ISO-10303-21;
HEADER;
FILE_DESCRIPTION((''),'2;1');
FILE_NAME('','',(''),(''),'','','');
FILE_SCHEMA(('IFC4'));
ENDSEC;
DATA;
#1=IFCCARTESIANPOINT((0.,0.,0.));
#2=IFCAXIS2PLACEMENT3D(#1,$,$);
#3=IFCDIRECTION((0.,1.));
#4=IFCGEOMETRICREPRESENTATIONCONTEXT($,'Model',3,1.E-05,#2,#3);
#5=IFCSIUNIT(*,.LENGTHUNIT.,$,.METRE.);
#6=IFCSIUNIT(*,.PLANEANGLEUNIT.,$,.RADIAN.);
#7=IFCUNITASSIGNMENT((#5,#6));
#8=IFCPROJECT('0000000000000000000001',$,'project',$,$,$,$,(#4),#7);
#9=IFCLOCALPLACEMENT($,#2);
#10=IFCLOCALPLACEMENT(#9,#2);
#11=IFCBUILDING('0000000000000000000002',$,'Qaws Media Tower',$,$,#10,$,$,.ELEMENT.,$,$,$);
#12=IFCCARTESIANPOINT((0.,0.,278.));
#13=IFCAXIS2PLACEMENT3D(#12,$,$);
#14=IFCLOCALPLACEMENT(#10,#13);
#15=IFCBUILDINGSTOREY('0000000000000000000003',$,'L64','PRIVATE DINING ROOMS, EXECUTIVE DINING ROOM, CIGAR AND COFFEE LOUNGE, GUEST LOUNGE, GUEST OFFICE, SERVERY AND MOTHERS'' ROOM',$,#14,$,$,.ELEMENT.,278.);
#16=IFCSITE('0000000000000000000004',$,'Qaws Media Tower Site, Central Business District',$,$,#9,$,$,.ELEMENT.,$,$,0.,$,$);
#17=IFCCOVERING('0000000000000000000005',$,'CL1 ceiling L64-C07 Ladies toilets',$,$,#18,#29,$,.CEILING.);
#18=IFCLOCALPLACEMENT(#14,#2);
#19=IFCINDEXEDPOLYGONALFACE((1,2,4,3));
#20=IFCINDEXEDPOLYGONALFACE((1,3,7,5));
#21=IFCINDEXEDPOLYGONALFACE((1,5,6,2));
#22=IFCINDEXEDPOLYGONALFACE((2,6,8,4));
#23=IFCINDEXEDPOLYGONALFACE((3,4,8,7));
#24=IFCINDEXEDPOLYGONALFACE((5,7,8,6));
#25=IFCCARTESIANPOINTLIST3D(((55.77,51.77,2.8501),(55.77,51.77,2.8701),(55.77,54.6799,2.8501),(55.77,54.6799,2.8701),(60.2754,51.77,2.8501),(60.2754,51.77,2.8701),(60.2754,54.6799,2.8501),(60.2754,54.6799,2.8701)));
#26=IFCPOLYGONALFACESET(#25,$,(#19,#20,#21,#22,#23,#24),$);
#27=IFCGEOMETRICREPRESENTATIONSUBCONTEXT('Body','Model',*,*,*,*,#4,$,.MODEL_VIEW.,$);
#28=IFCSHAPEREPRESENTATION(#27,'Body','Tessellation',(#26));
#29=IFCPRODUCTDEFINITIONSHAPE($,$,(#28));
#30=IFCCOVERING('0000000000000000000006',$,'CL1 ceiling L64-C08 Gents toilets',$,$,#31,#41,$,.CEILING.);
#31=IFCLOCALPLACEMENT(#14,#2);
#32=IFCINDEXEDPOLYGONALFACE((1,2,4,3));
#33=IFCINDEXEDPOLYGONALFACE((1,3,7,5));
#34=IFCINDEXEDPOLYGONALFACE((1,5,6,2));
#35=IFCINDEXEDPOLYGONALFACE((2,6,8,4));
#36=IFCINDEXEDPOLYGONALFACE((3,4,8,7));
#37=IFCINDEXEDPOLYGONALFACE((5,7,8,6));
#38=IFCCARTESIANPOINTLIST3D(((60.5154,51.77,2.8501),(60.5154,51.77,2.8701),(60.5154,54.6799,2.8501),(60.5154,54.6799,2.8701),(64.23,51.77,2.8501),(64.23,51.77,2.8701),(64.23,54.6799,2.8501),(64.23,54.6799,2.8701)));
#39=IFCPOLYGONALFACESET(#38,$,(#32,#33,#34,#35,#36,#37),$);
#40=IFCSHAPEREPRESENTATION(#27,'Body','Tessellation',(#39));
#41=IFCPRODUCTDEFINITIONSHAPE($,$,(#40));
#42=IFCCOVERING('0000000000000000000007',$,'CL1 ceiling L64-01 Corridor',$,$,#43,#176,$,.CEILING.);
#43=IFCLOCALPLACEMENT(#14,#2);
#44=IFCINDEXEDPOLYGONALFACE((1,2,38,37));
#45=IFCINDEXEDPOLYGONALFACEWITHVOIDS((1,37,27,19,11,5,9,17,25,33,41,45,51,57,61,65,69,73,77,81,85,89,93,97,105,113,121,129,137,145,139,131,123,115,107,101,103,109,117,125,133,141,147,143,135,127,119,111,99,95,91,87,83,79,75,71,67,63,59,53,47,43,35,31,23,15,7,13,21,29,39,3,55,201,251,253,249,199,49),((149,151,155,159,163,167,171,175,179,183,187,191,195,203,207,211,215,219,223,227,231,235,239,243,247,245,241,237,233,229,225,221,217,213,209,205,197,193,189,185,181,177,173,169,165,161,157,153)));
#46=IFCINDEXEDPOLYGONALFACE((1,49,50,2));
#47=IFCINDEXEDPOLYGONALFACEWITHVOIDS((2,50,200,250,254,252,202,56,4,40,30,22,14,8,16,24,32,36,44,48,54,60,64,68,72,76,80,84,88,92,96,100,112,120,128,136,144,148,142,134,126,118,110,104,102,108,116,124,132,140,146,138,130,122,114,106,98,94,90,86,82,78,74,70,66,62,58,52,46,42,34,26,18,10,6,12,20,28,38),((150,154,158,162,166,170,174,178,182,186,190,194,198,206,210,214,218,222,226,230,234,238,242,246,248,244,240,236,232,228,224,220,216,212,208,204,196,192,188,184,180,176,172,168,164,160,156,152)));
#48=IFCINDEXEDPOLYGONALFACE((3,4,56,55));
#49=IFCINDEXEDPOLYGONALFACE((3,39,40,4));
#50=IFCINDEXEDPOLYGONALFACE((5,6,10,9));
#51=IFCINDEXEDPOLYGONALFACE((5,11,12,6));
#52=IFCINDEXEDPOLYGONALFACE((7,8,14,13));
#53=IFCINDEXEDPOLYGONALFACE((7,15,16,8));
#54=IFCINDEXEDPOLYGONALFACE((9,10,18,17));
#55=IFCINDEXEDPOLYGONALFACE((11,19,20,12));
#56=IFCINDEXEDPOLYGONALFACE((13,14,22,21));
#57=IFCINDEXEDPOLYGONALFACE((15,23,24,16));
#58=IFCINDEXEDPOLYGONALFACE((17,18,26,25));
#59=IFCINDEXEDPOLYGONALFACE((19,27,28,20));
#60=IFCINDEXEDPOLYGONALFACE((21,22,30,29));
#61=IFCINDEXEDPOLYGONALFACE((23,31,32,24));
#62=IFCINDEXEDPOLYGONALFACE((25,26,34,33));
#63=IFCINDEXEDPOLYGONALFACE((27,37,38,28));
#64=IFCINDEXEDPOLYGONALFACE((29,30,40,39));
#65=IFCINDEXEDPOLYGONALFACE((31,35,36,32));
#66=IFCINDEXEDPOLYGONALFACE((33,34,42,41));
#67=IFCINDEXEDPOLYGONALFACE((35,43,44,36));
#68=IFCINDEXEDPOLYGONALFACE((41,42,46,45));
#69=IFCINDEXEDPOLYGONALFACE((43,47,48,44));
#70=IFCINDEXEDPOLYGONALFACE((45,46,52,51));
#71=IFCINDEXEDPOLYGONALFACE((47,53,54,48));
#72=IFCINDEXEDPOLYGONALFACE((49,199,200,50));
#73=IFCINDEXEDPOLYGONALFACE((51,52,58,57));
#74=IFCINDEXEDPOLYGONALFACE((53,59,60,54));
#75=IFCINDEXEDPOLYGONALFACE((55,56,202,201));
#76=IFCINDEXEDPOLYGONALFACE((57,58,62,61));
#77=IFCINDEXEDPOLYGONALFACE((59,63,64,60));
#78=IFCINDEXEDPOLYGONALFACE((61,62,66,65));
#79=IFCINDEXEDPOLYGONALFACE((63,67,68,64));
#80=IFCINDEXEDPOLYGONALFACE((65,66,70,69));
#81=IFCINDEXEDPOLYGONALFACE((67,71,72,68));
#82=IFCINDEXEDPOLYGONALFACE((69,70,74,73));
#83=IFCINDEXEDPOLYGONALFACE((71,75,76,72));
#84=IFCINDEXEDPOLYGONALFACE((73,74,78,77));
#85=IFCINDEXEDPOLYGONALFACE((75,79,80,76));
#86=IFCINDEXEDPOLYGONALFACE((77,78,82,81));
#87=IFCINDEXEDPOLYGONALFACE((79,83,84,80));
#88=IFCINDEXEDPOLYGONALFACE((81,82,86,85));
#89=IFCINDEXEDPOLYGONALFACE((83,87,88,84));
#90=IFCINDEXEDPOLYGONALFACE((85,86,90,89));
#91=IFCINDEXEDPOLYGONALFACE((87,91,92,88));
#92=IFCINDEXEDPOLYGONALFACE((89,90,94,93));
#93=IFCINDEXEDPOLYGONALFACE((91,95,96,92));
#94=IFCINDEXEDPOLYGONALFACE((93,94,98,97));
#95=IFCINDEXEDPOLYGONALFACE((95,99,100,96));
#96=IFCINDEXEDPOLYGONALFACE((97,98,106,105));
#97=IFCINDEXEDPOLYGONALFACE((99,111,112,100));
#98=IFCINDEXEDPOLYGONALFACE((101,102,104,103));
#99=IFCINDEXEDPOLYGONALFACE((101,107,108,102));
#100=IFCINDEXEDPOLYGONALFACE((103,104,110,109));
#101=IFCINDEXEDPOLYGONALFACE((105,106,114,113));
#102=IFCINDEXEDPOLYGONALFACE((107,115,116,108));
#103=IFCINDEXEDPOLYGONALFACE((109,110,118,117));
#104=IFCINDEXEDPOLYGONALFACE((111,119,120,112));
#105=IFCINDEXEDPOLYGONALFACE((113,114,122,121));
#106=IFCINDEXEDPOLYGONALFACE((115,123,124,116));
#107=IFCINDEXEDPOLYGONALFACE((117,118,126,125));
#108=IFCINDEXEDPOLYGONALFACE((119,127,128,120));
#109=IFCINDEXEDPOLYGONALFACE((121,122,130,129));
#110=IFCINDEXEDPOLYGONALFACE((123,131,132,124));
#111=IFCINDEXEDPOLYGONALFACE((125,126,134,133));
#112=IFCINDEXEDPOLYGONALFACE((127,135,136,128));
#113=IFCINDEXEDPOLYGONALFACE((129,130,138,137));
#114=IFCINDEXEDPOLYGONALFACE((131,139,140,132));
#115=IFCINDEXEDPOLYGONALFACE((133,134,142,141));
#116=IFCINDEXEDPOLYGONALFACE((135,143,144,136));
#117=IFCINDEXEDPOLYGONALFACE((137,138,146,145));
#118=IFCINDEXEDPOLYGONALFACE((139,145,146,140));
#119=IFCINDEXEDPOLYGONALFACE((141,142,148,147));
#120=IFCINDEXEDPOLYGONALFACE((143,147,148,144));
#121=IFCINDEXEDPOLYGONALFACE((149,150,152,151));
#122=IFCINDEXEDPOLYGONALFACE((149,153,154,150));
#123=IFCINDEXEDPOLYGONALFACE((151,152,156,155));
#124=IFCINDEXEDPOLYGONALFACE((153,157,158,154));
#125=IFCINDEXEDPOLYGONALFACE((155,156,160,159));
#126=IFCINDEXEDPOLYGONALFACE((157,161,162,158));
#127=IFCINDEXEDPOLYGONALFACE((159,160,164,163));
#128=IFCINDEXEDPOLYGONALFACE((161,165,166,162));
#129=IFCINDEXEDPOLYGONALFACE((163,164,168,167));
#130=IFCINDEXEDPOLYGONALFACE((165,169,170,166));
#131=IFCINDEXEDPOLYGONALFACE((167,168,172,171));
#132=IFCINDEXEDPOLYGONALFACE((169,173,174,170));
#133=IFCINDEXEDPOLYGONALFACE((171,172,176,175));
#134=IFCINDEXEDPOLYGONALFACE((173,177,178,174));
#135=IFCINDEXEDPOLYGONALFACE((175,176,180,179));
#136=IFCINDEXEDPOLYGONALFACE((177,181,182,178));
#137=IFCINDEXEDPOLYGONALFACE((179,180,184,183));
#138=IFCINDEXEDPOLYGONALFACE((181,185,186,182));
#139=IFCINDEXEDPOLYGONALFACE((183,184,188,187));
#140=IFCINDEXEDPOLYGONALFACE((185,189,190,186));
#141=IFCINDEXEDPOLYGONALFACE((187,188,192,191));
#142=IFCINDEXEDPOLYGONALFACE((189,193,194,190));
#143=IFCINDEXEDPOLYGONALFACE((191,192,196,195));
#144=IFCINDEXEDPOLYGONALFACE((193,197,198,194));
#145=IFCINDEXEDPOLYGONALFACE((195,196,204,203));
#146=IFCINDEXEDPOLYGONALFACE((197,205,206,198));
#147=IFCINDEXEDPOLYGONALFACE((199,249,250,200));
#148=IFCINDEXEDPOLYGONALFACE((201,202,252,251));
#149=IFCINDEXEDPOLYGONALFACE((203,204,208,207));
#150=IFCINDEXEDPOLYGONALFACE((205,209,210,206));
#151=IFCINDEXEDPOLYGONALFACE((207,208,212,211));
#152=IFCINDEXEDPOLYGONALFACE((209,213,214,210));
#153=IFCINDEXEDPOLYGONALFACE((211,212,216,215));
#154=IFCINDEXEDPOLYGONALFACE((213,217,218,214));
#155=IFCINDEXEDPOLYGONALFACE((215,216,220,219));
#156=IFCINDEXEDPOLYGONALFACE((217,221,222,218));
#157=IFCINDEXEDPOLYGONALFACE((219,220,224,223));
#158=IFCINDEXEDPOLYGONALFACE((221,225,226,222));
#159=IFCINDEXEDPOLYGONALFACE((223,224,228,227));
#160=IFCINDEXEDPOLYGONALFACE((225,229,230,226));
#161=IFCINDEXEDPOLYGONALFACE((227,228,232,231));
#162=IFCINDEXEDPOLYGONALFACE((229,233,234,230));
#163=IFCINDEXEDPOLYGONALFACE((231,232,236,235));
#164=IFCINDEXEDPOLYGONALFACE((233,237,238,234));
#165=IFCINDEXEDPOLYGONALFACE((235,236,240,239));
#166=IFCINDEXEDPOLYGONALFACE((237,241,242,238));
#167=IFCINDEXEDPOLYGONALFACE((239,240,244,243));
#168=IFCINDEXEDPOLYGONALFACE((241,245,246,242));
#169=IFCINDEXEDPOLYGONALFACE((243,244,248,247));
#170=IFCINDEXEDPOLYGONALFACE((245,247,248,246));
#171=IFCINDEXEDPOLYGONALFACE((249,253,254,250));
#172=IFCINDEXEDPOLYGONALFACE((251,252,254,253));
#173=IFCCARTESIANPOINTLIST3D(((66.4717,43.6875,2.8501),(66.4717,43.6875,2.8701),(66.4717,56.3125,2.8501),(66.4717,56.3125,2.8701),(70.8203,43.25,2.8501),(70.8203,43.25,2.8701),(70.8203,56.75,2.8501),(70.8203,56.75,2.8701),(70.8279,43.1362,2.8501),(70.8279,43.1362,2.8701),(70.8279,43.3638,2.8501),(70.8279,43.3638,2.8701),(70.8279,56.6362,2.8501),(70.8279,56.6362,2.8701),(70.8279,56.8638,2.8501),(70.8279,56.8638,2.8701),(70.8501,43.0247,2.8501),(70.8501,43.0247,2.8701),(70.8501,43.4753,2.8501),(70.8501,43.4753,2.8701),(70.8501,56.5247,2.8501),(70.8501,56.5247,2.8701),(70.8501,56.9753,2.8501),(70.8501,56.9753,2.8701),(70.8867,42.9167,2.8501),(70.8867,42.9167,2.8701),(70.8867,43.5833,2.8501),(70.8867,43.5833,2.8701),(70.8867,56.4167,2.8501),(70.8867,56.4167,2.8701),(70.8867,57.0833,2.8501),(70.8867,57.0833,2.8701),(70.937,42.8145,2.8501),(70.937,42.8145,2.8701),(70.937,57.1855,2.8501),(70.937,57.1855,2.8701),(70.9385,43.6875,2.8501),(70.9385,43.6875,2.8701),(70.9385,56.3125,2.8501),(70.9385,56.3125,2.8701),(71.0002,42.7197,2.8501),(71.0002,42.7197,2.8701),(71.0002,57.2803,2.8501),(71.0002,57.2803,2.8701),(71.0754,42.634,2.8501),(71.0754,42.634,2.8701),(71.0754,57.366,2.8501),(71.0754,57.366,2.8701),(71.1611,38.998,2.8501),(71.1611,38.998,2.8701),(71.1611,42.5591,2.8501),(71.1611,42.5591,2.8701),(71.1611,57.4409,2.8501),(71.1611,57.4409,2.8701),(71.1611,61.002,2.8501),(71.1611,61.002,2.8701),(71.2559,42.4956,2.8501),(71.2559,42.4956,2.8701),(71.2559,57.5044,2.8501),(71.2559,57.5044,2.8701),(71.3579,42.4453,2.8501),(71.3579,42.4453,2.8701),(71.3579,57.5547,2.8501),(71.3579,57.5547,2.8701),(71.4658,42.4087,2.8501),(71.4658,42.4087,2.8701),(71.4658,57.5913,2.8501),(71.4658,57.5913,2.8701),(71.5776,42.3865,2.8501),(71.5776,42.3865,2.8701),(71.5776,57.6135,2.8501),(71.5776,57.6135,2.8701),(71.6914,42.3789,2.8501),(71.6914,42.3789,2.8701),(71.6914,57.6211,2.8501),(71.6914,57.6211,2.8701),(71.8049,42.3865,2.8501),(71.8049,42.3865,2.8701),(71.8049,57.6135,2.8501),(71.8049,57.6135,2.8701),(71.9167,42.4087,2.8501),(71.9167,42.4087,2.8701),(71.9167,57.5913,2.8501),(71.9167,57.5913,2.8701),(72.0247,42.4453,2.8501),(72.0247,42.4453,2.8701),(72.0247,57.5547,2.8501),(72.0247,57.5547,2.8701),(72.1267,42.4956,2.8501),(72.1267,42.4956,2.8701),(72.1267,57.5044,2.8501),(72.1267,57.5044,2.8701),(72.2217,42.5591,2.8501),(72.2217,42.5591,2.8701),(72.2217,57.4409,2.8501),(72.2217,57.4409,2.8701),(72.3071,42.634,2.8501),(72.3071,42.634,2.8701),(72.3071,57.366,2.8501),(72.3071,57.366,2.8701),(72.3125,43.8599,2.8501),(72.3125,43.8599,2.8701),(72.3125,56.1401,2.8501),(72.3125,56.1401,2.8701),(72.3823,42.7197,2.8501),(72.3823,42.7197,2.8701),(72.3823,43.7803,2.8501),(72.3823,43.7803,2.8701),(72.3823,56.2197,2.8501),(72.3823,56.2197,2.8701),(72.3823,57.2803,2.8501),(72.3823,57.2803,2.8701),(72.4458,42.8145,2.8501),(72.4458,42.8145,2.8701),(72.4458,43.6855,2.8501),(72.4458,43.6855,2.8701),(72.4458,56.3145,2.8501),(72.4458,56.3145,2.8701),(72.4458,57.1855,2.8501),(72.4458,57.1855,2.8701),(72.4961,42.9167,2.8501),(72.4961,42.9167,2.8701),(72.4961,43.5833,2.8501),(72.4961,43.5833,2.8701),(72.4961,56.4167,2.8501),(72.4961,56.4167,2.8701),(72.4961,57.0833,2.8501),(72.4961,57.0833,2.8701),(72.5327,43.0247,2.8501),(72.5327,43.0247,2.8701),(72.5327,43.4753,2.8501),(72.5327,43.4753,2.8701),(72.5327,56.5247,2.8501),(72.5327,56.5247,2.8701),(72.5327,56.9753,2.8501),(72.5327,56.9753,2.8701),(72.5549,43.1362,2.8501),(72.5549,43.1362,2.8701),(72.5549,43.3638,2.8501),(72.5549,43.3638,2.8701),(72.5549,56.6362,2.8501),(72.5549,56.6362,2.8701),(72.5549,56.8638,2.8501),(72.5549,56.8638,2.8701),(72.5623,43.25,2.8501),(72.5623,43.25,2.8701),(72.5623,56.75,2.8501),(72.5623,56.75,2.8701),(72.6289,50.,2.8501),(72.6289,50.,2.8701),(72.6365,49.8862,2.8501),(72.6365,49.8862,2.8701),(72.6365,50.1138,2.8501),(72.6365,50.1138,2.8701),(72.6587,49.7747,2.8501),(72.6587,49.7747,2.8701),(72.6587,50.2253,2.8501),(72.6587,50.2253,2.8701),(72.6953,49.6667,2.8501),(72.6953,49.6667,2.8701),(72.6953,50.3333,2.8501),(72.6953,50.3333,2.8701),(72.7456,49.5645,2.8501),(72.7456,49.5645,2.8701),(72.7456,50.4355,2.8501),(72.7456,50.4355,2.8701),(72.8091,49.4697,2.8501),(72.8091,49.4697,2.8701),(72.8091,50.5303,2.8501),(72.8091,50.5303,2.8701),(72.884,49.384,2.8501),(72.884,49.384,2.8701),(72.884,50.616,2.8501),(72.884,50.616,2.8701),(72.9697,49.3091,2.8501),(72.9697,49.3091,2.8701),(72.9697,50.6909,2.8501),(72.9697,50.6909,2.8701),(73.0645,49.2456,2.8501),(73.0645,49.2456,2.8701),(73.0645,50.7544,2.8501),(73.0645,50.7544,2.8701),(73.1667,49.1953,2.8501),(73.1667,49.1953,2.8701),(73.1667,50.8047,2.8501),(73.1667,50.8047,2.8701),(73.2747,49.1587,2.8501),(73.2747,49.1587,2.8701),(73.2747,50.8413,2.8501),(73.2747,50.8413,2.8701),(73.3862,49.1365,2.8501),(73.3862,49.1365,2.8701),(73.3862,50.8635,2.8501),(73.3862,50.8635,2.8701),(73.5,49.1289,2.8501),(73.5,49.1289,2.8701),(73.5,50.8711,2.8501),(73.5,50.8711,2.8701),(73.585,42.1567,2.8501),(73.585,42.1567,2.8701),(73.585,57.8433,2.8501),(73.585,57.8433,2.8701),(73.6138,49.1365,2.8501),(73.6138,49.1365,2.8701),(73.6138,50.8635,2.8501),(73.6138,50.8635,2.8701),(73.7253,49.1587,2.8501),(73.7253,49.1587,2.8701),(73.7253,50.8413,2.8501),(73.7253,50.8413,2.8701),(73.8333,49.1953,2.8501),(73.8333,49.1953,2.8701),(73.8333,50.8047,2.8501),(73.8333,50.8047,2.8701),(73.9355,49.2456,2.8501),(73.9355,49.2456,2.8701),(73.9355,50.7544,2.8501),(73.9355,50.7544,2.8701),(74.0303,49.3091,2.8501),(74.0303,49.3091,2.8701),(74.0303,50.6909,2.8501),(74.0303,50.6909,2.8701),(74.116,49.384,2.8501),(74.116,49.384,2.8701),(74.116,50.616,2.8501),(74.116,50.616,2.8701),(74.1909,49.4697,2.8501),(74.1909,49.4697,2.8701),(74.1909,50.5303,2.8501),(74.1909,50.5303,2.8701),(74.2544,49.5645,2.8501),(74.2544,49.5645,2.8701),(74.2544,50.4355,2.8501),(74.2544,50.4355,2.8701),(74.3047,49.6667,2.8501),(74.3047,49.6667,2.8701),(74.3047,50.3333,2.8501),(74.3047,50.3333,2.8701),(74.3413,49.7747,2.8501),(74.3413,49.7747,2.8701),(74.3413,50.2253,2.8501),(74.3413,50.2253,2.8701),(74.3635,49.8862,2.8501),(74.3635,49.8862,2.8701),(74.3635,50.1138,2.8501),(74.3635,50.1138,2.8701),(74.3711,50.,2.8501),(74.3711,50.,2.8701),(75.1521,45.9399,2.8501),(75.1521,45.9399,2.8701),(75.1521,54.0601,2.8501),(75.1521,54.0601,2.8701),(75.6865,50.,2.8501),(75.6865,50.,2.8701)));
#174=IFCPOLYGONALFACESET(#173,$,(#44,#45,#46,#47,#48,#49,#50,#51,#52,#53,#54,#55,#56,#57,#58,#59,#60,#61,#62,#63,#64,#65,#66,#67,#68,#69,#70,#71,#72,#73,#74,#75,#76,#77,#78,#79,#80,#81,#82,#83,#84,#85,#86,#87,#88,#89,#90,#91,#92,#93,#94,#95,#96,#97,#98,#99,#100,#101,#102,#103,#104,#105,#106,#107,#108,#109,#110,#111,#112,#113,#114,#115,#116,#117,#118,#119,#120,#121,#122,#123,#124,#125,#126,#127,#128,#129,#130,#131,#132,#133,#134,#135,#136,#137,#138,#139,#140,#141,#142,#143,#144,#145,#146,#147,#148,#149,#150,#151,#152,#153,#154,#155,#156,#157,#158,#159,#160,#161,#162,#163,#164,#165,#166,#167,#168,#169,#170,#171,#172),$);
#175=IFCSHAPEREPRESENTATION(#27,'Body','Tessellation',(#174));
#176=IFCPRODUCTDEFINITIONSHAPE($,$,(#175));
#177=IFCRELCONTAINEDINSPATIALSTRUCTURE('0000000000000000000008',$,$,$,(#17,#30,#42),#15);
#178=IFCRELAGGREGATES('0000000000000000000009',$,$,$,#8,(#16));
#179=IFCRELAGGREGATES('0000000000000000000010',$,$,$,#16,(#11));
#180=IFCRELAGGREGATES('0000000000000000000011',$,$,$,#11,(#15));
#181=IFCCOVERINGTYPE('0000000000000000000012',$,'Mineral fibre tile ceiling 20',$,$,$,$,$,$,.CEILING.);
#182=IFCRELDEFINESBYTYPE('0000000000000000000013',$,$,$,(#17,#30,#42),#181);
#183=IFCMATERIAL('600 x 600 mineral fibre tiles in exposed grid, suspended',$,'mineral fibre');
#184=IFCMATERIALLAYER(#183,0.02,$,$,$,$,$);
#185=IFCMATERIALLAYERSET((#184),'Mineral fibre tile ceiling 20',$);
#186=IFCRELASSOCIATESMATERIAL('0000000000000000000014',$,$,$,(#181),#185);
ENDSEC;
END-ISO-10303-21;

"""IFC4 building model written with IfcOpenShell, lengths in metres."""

from ifc_helpers import new_model, si_unit, direction, frame, origin, place, context, subcontext, project, spatial, polyline, outline, extrude, material, layer, layer_set, type_object, element, save


model = new_model("IFC4")

# Units and contexts
model_context = context("Model", 3, precision=1e-05, world=origin(), true_north=direction((0.0, 1.0)))
body_context = subcontext(model_context, "Body", "Model", "MODEL_VIEW")
ifc_project = project(units=[si_unit("LENGTHUNIT", "METRE"), si_unit("PLANEANGLEUNIT", "RADIAN")], contexts=[model_context])

# Site, building, storey
site_placement = place(None, origin())
site = spatial("IfcSite", under=ifc_project, at=site_placement, Name="Qaws Media Tower Site, Central Business District", CompositionType="ELEMENT", RefElevation=0.0)
building_placement = place(site_placement, origin())
building = spatial("IfcBuilding", under=site, at=building_placement, Name="Qaws Media Tower", CompositionType="ELEMENT")
storey_placement = place(building_placement, frame((0.0, 0.0, 278.0)))
storey = spatial("IfcBuildingStorey", under=building, at=storey_placement, Name="L64", Description="PRIVATE DINING ROOMS, EXECUTIVE DINING ROOM, CIGAR AND COFFEE LOUNGE, GUEST LOUNGE, GUEST OFFICE, SERVERY AND MOTHERS' ROOM", CompositionType="ELEMENT", Elevation=278.0)

# Coverings
ifc_material_1 = material(Name="600 x 600 mineral fibre tiles in exposed grid, suspended", Category="mineral fibre")
ifc_layer_1 = layer(ifc_material_1, 0.02)
ifc_layer_set_1 = layer_set([ifc_layer_1], Name="Mineral fibre tile ceiling 20")
covering_type_1 = type_object("IfcCoveringType", Name="Mineral fibre tile ceiling 20", PredefinedType="CEILING", material=ifc_layer_set_1)
covering_1_placement = place(storey_placement, frame((0.0, 0.0, 2.8501)))
element("IfcCovering", 1, at=covering_1_placement, inside=storey, type_object=covering_type_1, Name="CL1 ceiling L64-C07 Ladies toilets", PredefinedType="CEILING", context=body_context, shape_type="SweptSolid", body=[
    extrude(outline(polyline([(55.77, 51.77), (55.77, 54.6799), (60.2754, 54.6799), (60.2754, 51.77), (55.77, 51.77)])), origin(), (0.0, 0.0, 1.0), 0.02),
])
covering_2_placement = place(storey_placement, frame((0.0, 0.0, 2.8501)))
element("IfcCovering", 2, at=covering_2_placement, inside=storey, type_object=covering_type_1, Name="CL1 ceiling L64-C08 Gents toilets", PredefinedType="CEILING", context=body_context, shape_type="SweptSolid", body=[
    extrude(outline(polyline([(60.5154, 51.77), (60.5154, 54.6799), (64.23, 54.6799), (64.23, 51.77), (60.5154, 51.77)])), origin(), (0.0, 0.0, 1.0), 0.02),
])
covering_3_placement = place(storey_placement, frame((0.0, 0.0, 2.8501)))
element("IfcCovering", 3, at=covering_3_placement, inside=storey, type_object=covering_type_1, Name="CL1 ceiling L64-01 Corridor", PredefinedType="CEILING", context=body_context, shape_type="SweptSolid", body=[
    extrude(outline(polyline([(73.585, 57.8433), (75.1521, 54.0601), (75.6865, 50.0), (75.1521, 45.9399), (73.585, 42.1567), (71.1611, 38.998), (66.4717, 43.6875), (70.9385, 43.6875), (70.8867, 43.5833), (70.8501, 43.4753), (70.8279, 43.3638), (70.8203, 43.25), (70.8279, 43.1362), (70.8501, 43.0247), (70.8867, 42.9167), (70.937, 42.8145), (71.0002, 42.7197), (71.0754, 42.634), (71.1611, 42.5591), (71.2559, 42.4956), (71.3579, 42.4453), (71.4658, 42.4087), (71.5776, 42.3865), (71.6914, 42.3789), (71.8049, 42.3865), (71.9167, 42.4087), (72.0247, 42.4453), (72.1267, 42.4956), (72.2217, 42.5591), (72.3071, 42.634), (72.3823, 42.7197), (72.4458, 42.8145), (72.4961, 42.9167), (72.5327, 43.0247), (72.5549, 43.1362), (72.5623, 43.25), (72.5549, 43.3638), (72.5327, 43.4753), (72.4961, 43.5833), (72.4458, 43.6855), (72.3823, 43.7803), (72.3125, 43.8599), (72.3125, 56.1401), (72.3823, 56.2197), (72.4458, 56.3145), (72.4961, 56.4167), (72.5327, 56.5247), (72.5549, 56.6362), (72.5623, 56.75), (72.5549, 56.8638), (72.5327, 56.9753), (72.4961, 57.0833), (72.4458, 57.1855), (72.3823, 57.2803), (72.3071, 57.366), (72.2217, 57.4409), (72.1267, 57.5044), (72.0247, 57.5547), (71.9167, 57.5913), (71.8049, 57.6135), (71.6914, 57.6211), (71.5776, 57.6135), (71.4658, 57.5913), (71.3579, 57.5547), (71.2559, 57.5044), (71.1611, 57.4409), (71.0754, 57.366), (71.0002, 57.2803), (70.937, 57.1855), (70.8867, 57.0833), (70.8501, 56.9753), (70.8279, 56.8638), (70.8203, 56.75), (70.8279, 56.6362), (70.8501, 56.5247), (70.8867, 56.4167), (70.9385, 56.3125), (66.4717, 56.3125), (71.1611, 61.002), (73.585, 57.8433)]), holes=[polyline([(74.3413, 49.7747), (74.3635, 49.8862), (74.3711, 50.0), (74.3635, 50.1138), (74.3413, 50.2253), (74.3047, 50.3333), (74.2544, 50.4355), (74.1909, 50.5303), (74.116, 50.616), (74.0303, 50.6909), (73.9355, 50.7544), (73.8333, 50.8047), (73.7253, 50.8413), (73.6138, 50.8635), (73.5, 50.8711), (73.3862, 50.8635), (73.2747, 50.8413), (73.1667, 50.8047), (73.0645, 50.7544), (72.9697, 50.6909), (72.884, 50.616), (72.8091, 50.5303), (72.7456, 50.4355), (72.6953, 50.3333), (72.6587, 50.2253), (72.6365, 50.1138), (72.6289, 50.0), (72.6365, 49.8862), (72.6587, 49.7747), (72.6953, 49.6667), (72.7456, 49.5645), (72.8091, 49.4697), (72.884, 49.384), (72.9697, 49.3091), (73.0645, 49.2456), (73.1667, 49.1953), (73.2747, 49.1587), (73.3862, 49.1365), (73.5, 49.1289), (73.6138, 49.1365), (73.7253, 49.1587), (73.8333, 49.1953), (73.9355, 49.2456), (74.0303, 49.3091), (74.116, 49.384), (74.1909, 49.4697), (74.2544, 49.5645), (74.3047, 49.6667), (74.3413, 49.7747)])]), origin(), (0.0, 0.0, 1.0), 0.02),
])

save(model, "model.ifc")
